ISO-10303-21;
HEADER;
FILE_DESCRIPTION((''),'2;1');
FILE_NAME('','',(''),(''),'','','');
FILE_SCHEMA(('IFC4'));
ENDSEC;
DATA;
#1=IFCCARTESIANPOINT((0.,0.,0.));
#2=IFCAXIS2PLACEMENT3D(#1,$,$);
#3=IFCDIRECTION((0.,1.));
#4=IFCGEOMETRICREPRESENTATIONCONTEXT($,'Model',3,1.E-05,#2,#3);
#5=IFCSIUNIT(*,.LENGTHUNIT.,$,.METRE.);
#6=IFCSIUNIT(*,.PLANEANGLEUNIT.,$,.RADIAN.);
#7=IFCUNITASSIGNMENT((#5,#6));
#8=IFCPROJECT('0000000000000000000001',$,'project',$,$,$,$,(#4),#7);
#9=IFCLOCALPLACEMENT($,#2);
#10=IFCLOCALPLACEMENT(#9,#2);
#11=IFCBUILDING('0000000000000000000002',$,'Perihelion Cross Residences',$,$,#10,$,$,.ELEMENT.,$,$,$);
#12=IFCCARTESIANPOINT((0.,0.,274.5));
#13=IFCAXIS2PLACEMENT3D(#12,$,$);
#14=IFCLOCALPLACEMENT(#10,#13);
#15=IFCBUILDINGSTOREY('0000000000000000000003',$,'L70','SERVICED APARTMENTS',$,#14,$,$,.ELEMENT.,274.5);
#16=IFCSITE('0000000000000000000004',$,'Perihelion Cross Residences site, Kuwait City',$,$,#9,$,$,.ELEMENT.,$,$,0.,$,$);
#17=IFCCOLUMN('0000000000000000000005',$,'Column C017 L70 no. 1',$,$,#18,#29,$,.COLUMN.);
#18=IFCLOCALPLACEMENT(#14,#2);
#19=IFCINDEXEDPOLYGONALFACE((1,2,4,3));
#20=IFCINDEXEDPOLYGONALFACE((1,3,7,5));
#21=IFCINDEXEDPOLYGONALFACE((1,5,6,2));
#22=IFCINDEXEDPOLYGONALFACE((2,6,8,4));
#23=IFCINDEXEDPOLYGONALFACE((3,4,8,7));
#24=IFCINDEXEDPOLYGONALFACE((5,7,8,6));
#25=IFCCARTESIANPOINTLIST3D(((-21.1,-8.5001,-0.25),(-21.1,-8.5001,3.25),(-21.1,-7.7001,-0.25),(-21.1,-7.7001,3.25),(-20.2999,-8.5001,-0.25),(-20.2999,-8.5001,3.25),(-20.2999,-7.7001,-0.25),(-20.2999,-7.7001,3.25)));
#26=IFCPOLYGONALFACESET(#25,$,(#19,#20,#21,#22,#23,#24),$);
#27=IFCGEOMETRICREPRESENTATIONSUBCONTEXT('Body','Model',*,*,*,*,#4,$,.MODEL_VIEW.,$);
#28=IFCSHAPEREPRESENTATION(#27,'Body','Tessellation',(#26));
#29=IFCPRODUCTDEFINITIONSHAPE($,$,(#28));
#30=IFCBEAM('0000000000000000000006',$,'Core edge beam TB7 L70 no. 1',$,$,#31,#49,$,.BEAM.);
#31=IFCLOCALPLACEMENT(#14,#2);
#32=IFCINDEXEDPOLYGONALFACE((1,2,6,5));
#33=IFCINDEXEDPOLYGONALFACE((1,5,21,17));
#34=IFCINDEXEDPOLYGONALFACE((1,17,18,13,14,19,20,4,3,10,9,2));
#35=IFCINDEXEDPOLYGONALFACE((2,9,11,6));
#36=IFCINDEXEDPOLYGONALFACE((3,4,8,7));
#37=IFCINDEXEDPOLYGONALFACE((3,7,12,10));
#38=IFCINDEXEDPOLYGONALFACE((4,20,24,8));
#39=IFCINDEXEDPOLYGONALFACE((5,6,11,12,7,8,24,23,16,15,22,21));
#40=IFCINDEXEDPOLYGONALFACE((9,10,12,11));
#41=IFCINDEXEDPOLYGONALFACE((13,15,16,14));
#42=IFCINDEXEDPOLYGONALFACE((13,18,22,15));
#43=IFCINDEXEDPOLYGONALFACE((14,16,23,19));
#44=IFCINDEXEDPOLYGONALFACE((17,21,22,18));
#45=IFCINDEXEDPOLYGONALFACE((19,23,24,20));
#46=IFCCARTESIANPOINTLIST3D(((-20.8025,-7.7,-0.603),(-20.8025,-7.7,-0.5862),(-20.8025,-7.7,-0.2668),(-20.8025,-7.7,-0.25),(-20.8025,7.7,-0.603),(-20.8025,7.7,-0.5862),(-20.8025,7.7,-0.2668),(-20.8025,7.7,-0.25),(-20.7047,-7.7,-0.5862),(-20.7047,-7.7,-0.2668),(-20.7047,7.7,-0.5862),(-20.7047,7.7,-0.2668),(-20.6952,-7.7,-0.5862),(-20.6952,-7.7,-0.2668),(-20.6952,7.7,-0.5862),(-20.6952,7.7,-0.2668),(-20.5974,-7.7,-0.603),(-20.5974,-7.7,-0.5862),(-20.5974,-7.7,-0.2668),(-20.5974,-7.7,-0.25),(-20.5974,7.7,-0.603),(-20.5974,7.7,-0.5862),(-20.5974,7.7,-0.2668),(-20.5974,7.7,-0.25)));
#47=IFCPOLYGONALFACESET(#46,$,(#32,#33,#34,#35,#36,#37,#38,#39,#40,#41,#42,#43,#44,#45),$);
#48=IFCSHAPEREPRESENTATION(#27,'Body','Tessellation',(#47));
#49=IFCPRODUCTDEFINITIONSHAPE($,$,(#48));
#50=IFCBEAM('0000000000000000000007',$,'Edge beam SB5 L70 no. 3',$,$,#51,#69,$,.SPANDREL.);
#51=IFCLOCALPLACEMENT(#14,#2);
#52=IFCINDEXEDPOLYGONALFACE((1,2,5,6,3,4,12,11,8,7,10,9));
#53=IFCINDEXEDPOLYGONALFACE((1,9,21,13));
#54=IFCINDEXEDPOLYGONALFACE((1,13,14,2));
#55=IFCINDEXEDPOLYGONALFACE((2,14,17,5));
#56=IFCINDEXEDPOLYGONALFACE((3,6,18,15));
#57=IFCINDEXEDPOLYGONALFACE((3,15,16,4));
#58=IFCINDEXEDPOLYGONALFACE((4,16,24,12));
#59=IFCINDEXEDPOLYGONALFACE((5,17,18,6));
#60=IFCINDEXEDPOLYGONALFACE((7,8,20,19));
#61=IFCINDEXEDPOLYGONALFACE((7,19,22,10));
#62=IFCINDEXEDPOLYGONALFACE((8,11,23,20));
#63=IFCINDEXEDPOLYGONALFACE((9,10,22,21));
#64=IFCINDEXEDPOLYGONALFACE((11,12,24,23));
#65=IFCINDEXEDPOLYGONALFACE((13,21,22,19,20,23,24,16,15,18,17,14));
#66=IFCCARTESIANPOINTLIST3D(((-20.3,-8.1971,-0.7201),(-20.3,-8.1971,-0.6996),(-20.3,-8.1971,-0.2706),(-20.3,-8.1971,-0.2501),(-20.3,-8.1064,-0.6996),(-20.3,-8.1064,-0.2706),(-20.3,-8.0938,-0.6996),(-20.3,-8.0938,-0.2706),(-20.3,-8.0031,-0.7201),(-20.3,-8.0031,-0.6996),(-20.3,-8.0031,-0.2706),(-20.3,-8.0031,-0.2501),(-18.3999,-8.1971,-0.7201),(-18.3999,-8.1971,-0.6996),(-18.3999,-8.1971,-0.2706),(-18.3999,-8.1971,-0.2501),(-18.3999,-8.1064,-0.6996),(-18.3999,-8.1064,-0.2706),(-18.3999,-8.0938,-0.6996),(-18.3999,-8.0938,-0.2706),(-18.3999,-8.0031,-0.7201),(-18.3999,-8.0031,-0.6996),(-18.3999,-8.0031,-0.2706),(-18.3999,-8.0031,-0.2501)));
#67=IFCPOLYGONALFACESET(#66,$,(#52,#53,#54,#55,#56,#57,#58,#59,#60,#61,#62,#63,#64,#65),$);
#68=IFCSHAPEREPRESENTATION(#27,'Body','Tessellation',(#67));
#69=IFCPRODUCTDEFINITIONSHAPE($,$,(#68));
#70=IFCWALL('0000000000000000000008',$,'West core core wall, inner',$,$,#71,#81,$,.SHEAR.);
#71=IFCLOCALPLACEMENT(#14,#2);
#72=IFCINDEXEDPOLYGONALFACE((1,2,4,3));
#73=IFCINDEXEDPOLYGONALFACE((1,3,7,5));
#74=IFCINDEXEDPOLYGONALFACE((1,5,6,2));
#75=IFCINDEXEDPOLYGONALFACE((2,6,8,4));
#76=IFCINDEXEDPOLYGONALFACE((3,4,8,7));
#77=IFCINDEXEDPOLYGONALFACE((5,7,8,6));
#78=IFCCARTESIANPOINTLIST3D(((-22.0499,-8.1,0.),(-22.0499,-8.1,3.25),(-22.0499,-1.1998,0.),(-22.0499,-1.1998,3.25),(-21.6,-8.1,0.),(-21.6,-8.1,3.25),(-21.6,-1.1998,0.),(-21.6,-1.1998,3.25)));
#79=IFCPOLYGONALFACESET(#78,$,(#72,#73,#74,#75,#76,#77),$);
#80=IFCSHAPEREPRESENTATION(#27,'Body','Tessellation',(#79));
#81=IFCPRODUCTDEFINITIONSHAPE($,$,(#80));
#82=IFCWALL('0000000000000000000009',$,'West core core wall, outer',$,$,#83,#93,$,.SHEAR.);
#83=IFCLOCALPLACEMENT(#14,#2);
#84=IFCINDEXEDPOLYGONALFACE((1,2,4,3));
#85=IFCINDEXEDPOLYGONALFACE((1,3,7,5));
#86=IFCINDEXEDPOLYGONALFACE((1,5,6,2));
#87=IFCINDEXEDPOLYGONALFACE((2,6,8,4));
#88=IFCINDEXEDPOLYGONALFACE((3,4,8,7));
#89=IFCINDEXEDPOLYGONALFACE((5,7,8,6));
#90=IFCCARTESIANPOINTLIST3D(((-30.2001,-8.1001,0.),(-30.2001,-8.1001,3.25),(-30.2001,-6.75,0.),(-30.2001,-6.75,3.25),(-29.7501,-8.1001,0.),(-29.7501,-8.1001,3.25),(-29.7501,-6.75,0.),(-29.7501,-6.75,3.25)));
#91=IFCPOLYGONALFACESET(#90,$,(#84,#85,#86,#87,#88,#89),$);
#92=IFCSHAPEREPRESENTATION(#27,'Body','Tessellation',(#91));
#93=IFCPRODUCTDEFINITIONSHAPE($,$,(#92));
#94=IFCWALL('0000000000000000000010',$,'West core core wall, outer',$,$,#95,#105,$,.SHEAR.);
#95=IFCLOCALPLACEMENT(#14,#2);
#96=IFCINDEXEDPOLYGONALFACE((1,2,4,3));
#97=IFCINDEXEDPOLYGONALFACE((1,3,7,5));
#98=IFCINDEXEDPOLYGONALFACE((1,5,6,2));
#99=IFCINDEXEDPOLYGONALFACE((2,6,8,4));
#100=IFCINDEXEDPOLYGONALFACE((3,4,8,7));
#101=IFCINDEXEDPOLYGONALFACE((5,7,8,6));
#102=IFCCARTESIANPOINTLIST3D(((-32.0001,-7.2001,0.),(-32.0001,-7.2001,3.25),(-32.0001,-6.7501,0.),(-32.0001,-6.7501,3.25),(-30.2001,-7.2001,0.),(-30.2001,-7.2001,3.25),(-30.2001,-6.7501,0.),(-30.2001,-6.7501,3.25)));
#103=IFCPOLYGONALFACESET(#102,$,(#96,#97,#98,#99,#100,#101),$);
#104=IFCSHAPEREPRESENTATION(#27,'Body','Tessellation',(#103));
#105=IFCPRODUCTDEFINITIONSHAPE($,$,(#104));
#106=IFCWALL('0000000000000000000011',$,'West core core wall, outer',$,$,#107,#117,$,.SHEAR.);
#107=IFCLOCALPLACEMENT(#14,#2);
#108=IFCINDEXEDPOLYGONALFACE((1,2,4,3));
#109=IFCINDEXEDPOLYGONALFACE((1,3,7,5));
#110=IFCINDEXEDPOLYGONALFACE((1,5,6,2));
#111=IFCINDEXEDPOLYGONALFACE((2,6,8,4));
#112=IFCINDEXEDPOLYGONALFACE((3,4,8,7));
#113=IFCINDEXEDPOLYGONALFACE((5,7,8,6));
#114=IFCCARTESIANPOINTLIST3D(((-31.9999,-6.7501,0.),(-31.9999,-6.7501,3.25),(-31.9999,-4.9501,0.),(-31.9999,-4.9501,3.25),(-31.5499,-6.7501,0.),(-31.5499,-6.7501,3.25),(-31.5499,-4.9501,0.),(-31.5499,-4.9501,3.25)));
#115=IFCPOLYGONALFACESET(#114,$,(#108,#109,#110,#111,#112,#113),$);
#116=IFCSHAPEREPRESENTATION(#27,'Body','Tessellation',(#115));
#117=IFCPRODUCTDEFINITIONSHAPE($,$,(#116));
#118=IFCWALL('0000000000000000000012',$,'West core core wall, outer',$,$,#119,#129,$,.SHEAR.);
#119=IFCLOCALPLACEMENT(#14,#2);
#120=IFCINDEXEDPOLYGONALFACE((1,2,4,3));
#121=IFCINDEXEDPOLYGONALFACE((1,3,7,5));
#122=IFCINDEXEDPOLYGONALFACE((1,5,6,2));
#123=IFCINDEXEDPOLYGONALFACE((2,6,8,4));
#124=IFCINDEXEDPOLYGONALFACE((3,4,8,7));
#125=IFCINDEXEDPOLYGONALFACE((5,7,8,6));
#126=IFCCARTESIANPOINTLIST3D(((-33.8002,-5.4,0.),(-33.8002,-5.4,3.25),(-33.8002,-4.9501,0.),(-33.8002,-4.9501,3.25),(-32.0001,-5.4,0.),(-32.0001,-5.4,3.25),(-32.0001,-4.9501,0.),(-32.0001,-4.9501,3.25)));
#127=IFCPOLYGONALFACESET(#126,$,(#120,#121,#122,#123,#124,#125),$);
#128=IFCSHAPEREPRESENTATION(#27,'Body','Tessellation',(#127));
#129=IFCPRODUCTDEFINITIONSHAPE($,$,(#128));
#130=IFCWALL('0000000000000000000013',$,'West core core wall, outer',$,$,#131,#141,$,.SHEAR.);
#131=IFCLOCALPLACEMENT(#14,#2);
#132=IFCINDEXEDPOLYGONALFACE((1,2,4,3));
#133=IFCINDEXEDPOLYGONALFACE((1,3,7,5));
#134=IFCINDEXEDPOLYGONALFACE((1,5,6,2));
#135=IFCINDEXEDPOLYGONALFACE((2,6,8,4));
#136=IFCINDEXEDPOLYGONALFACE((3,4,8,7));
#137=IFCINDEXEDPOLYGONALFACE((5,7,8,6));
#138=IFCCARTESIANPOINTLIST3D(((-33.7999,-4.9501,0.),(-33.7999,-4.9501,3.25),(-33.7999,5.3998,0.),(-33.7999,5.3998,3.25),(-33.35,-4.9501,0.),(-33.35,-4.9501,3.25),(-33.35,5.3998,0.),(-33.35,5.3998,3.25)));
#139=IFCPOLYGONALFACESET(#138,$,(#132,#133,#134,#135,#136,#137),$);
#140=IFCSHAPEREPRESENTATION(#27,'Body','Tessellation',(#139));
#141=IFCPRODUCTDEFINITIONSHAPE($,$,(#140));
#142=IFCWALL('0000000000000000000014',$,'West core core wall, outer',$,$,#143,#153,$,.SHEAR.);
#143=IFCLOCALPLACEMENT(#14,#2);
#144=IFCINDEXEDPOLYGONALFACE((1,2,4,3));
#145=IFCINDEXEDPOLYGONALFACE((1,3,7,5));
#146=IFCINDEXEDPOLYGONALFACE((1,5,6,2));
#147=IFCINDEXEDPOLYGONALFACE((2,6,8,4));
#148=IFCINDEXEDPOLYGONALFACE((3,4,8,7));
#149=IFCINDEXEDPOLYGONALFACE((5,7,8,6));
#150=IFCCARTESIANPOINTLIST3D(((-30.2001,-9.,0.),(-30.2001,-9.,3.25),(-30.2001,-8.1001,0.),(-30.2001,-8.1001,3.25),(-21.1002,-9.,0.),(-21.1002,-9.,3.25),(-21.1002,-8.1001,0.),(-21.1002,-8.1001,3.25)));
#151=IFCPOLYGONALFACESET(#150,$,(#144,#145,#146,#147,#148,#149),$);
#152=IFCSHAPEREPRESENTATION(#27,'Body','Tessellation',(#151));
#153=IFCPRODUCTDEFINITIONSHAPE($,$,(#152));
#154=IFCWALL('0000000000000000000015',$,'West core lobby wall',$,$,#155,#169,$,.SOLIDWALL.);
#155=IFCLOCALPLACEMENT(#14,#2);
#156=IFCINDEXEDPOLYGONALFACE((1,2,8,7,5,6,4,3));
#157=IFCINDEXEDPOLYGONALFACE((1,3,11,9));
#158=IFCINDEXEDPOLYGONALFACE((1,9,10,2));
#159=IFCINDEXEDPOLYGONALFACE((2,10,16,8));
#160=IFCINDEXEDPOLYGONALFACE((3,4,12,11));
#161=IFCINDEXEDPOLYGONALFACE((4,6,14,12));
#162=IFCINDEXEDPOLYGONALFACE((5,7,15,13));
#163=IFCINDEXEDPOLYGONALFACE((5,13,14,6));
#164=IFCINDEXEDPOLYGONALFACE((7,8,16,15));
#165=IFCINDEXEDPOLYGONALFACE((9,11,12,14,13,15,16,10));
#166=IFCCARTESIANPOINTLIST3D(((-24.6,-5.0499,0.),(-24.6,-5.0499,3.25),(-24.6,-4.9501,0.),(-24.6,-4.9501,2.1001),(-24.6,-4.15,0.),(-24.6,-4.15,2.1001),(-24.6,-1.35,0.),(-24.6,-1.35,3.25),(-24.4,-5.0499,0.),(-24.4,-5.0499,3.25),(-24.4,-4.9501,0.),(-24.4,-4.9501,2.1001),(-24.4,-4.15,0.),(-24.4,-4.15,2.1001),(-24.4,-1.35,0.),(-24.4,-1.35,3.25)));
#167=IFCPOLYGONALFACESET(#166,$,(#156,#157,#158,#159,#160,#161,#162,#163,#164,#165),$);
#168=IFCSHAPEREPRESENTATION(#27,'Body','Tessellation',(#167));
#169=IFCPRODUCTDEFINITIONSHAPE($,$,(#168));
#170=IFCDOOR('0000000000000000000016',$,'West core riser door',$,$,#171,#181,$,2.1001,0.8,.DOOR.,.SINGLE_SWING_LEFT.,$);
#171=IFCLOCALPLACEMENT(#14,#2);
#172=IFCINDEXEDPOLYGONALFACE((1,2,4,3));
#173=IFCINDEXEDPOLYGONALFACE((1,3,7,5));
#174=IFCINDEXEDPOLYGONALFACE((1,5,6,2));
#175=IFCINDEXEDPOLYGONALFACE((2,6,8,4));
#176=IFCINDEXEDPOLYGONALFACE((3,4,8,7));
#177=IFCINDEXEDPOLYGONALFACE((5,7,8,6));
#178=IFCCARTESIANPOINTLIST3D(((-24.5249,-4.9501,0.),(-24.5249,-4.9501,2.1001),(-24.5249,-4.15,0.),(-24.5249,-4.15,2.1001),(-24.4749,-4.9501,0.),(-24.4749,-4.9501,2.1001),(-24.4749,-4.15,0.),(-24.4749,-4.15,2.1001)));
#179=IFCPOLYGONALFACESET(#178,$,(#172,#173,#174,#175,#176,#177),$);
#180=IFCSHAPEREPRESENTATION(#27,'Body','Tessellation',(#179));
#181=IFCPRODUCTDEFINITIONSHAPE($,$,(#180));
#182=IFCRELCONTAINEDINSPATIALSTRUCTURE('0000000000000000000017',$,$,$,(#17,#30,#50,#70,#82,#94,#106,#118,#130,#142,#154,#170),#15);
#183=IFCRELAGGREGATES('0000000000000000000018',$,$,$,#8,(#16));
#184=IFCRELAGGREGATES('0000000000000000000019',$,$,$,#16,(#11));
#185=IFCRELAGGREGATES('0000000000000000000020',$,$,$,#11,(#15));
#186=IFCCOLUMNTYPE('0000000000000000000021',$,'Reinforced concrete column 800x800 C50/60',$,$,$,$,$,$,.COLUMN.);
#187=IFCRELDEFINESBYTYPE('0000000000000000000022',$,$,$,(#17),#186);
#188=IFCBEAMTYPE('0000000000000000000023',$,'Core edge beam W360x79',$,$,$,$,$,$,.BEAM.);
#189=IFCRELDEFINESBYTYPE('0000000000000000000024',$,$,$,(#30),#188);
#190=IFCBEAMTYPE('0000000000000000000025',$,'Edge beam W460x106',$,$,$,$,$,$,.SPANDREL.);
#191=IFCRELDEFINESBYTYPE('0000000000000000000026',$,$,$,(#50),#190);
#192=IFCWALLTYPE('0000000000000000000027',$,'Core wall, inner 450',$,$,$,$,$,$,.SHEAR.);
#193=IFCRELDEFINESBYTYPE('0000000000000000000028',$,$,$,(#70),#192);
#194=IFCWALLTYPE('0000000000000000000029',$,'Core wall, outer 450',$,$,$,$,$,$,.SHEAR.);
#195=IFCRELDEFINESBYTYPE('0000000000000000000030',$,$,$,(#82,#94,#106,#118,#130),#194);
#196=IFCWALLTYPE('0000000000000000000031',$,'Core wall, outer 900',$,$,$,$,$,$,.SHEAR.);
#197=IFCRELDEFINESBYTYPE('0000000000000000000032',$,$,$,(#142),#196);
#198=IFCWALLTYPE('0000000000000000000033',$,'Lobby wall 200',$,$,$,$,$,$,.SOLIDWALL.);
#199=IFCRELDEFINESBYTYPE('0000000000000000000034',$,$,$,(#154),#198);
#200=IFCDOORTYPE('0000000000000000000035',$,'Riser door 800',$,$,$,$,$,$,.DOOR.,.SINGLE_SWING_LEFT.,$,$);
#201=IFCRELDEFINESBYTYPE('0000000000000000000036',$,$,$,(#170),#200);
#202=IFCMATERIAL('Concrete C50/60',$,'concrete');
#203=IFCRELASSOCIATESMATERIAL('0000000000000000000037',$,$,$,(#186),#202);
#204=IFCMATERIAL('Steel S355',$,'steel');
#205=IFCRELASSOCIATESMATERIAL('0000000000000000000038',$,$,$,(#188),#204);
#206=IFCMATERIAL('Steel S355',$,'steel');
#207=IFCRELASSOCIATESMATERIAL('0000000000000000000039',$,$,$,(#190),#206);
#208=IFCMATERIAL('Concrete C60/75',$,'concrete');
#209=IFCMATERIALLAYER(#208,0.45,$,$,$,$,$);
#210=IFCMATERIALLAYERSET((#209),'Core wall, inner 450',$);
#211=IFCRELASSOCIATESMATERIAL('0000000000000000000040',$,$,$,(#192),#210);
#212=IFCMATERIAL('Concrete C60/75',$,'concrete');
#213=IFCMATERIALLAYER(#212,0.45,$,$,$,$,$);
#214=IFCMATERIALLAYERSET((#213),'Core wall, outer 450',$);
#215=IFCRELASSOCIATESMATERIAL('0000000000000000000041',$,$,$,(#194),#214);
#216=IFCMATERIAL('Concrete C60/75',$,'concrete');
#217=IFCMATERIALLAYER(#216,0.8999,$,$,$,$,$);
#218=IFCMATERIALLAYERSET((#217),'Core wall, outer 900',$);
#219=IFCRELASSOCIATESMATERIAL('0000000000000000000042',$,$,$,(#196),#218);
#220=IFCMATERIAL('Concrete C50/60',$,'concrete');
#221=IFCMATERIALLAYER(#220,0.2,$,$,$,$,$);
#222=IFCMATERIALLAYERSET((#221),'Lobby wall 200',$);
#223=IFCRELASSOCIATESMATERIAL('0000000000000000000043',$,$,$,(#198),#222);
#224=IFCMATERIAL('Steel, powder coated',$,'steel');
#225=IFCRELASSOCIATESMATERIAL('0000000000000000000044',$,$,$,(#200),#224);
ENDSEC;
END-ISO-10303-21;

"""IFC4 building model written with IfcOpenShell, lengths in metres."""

from ifc_helpers import new_model, si_unit, direction, frame, frame_2d, origin, origin_2d, place, context, subcontext, project, spatial, rectangle, i_section, extrude, material, layer, layer_set, material_profile, profile_set, type_object, element, fill, save


model = new_model("IFC4")

# Units and contexts
model_context = context("Model", 3, precision=1e-05, world=origin(), true_north=direction((0.0, 1.0)))
body_context = subcontext(model_context, "Body", "Model", "MODEL_VIEW")
ifc_project = project(units=[si_unit("LENGTHUNIT", "METRE"), si_unit("PLANEANGLEUNIT", "RADIAN")], contexts=[model_context])

# Site, building, storey
site_placement = place(None, origin())
site = spatial("IfcSite", under=ifc_project, at=site_placement, Name="Perihelion Cross Residences site, Kuwait City", CompositionType="ELEMENT", RefElevation=0.0)
building_placement = place(site_placement, origin())
building = spatial("IfcBuilding", under=site, at=building_placement, Name="Perihelion Cross Residences", CompositionType="ELEMENT")
storey_placement = place(building_placement, frame((0.0, 0.0, 274.5)))
storey = spatial("IfcBuildingStorey", under=building, at=storey_placement, Name="L70", Description="SERVICED APARTMENTS", CompositionType="ELEMENT", Elevation=274.5)

# Column
ifc_material_1 = material(Name="Concrete C50/60", Category="concrete")
ifc_material_profile_1 = material_profile(ifc_material_1, rectangle(XDim=0.8, YDim=0.8, at=origin_2d()), Name="RC 800x800")
ifc_profile_set_1 = profile_set([ifc_material_profile_1], Name="Concrete C50/60")
column_type = type_object("IfcColumnType", Name="Reinforced concrete column 800x800 C50/60", PredefinedType="COLUMN", material=ifc_profile_set_1)
column_placement = place(storey_placement, frame((-20.7, -8.1001, -0.25), z_axis=(0.0, 0.0, 1.0), x_axis=(1.0, 0.0, 0.0)))
element("IfcColumn", 1, at=column_placement, inside=storey, type_object=column_type, Name="Column C017 L70 no. 1", PredefinedType="COLUMN", context=body_context, shape_type="SweptSolid", body=[
    extrude(rectangle(XDim=0.8, YDim=0.8, at=origin_2d()), origin(), (0.0, 0.0, 1.0), 3.5),
])

# Beams
ifc_material_2 = material(Name="Steel S355", Category="steel")
ifc_material_profile_2 = material_profile(ifc_material_2, i_section(OverallWidth=0.2051, OverallDepth=0.353, WebThickness=0.0095, FlangeThickness=0.0168, at=origin_2d()), Name="W360x79")
ifc_profile_set_2 = profile_set([ifc_material_profile_2], Name="Steel S355")
beam_type_1 = type_object("IfcBeamType", Name="Core edge beam W360x79", PredefinedType="BEAM", material=ifc_profile_set_2)
beam_1_placement = place(storey_placement, frame((-20.7, -7.7, -0.4265), z_axis=(0.0, 1.0, 0.0), x_axis=(-1.0, 0.0, 0.0)))
element("IfcBeam", 2, at=beam_1_placement, inside=storey, type_object=beam_type_1, Name="Core edge beam TB7 L70 no. 1", PredefinedType="BEAM", context=body_context, shape_type="SweptSolid", body=[
    extrude(i_section(OverallWidth=0.2051, OverallDepth=0.353, WebThickness=0.0095, FlangeThickness=0.0168, at=origin_2d()), origin(), (0.0, 0.0, 1.0), 15.3999),
])
ifc_material_3 = material(Name="Steel S355", Category="steel")
ifc_material_profile_3 = material_profile(ifc_material_3, i_section(OverallWidth=0.1941, OverallDepth=0.47, WebThickness=0.0127, FlangeThickness=0.0205, at=origin_2d()), Name="W460x106")
ifc_profile_set_3 = profile_set([ifc_material_profile_3], Name="Steel S355")
beam_type_2 = type_object("IfcBeamType", Name="Edge beam W460x106", PredefinedType="SPANDREL", material=ifc_profile_set_3)
beam_2_placement = place(storey_placement, frame((-20.3, -8.1001, -0.4851), z_axis=(1.0, 0.0, 0.0), x_axis=(0.0, 1.0, 0.0)))
element("IfcBeam", 3, at=beam_2_placement, inside=storey, type_object=beam_type_2, Name="Edge beam SB5 L70 no. 3", PredefinedType="SPANDREL", context=body_context, shape_type="SweptSolid", body=[
    extrude(i_section(OverallWidth=0.1941, OverallDepth=0.47, WebThickness=0.0127, FlangeThickness=0.0205, at=origin_2d()), origin(), (0.0, 0.0, 1.0), 1.9001),
])

# Walls
ifc_material_4 = material(Name="Concrete C60/75", Category="concrete")
ifc_layer_1 = layer(ifc_material_4, 0.45)
ifc_layer_set_1 = layer_set([ifc_layer_1], Name="Core wall, inner 450")
wall_type_1 = type_object("IfcWallType", Name="Core wall, inner 450", PredefinedType="SHEAR", material=ifc_layer_set_1)
wall_1_placement = place(storey_placement, frame((-21.825, -8.1001, 0.0), z_axis=(0.0, 0.0, 1.0), x_axis=(0.0, 1.0, 0.0)))
element("IfcWall", 4, at=wall_1_placement, inside=storey, type_object=wall_type_1, Name="West core core wall, inner", PredefinedType="SHEAR", context=body_context, shape_type="SweptSolid", body=[
    extrude(rectangle(XDim=6.9001, YDim=0.45, at=frame_2d((3.4502, 0.0))), origin(), (0.0, 0.0, 1.0), 3.25),
])
ifc_material_5 = material(Name="Concrete C60/75", Category="concrete")
ifc_layer_2 = layer(ifc_material_5, 0.45)
ifc_layer_set_2 = layer_set([ifc_layer_2], Name="Core wall, outer 450")
wall_type_2 = type_object("IfcWallType", Name="Core wall, outer 450", PredefinedType="SHEAR", material=ifc_layer_set_2)
wall_2_placement = place(storey_placement, frame((-29.9751, -8.1001, 0.0), z_axis=(0.0, 0.0, 1.0), x_axis=(0.0, 1.0, 0.0)))
element("IfcWall", 5, at=wall_2_placement, inside=storey, type_object=wall_type_2, Name="West core core wall, outer", PredefinedType="SHEAR", context=body_context, shape_type="SweptSolid", body=[
    extrude(rectangle(XDim=1.3501, YDim=0.45, at=frame_2d((0.675, 0.0))), origin(), (0.0, 0.0, 1.0), 3.25),
])
for number, where, z_axis, x_axis, name in (
    (6, (-32.0, -6.9751, 0.0), (0.0, 0.0, 1.0), (1.0, 0.0, 0.0), "West core core wall, outer"),
    (7, (-31.7749, -6.75, 0.0), (0.0, 0.0, 1.0), (0.0, 1.0, 0.0), "West core core wall, outer"),
    (8, (-33.8, -5.175, 0.0), (0.0, 0.0, 1.0), (1.0, 0.0, 0.0), "West core core wall, outer"),
):
    element("IfcWall", number, at=place(storey_placement, frame(where, z_axis=z_axis, x_axis=x_axis)), inside=storey, type_object=wall_type_2, Name=name, PredefinedType="SHEAR", context=body_context, shape_type="SweptSolid", body=[
        extrude(rectangle(XDim=1.8, YDim=0.45, at=frame_2d((0.8999, 0.0))), origin(), (0.0, 0.0, 1.0), 3.25),
    ])
wall_3_placement = place(storey_placement, frame((-33.575, -4.95, 0.0), z_axis=(0.0, 0.0, 1.0), x_axis=(0.0, 1.0, 0.0)))
element("IfcWall", 9, at=wall_3_placement, inside=storey, type_object=wall_type_2, Name="West core core wall, outer", PredefinedType="SHEAR", context=body_context, shape_type="SweptSolid", body=[
    extrude(rectangle(XDim=10.3499, YDim=0.45, at=frame_2d((5.1748, 0.0))), origin(), (0.0, 0.0, 1.0), 3.25),
])
ifc_material_6 = material(Name="Concrete C60/75", Category="concrete")
ifc_layer_3 = layer(ifc_material_6, 0.8999)
ifc_layer_set_3 = layer_set([ifc_layer_3], Name="Core wall, outer 900")
wall_type_3 = type_object("IfcWallType", Name="Core wall, outer 900", PredefinedType="SHEAR", material=ifc_layer_set_3)
wall_4_placement = place(storey_placement, frame((-30.2, -8.55, 0.0), z_axis=(0.0, 0.0, 1.0), x_axis=(1.0, 0.0, 0.0)))
element("IfcWall", 10, at=wall_4_placement, inside=storey, type_object=wall_type_3, Name="West core core wall, outer", PredefinedType="SHEAR", context=body_context, shape_type="SweptSolid", body=[
    extrude(rectangle(XDim=9.0999, YDim=0.8999, at=frame_2d((4.5498, 0.0))), origin(), (0.0, 0.0, 1.0), 3.25),
])

# Wall, opening, door
ifc_material_7 = material(Name="Concrete C50/60", Category="concrete")
ifc_layer_4 = layer(ifc_material_7, 0.2)
ifc_layer_set_4 = layer_set([ifc_layer_4], Name="Lobby wall 200")
wall_type_4 = type_object("IfcWallType", Name="Lobby wall 200", PredefinedType="SOLIDWALL", material=ifc_layer_set_4)
wall_5_placement = place(storey_placement, frame((-24.5, -5.05, 0.0), z_axis=(0.0, 0.0, 1.0), x_axis=(0.0, 1.0, 0.0)))
wall_5 = element("IfcWall", 11, at=wall_5_placement, inside=storey, type_object=wall_type_4, Name="West core lobby wall", PredefinedType="SOLIDWALL", context=body_context, shape_type="SweptSolid", body=[
    extrude(rectangle(XDim=3.7, YDim=0.2, at=frame_2d((1.8501, 0.0))), origin(), (0.0, 0.0, 1.0), 3.25),
])
opening_1_placement = place(wall_5_placement, frame((0.1001, 0.0, 0.0)))
opening_1 = element("IfcOpeningElement", 12, at=opening_1_placement, cuts=wall_5, PredefinedType="OPENING", context=body_context, shape_type="SweptSolid", body=[
    extrude(rectangle(XDim=0.8, YDim=2.1001, at=frame_2d((0.3999, 1.05))), frame((0.0, 0.1099, 0.0), z_axis=(0.0, -1.0, 0.0), x_axis=(1.0, 0.0, 0.0)), (0.0, 0.0, 1.0), 0.22),
])
ifc_material_8 = material(Name="Steel, powder coated", Category="steel")
door_type_1 = type_object("IfcDoorType", Name="Riser door 800", OperationType="SINGLE_SWING_LEFT", PredefinedType="DOOR", material=ifc_material_8)
door_1_placement = place(opening_1_placement, origin())
door_1 = element("IfcDoor", 13, at=door_1_placement, inside=storey, type_object=door_type_1, Name="West core riser door", OperationType="SINGLE_SWING_LEFT", OverallHeight=2.1001, OverallWidth=0.8, PredefinedType="DOOR", context=body_context, shape_type="SweptSolid", body=[
    extrude(rectangle(XDim=0.8, YDim=2.1001, at=frame_2d((0.3999, 1.05))), frame((0.0, 0.0249, 0.0), z_axis=(0.0, -1.0, 0.0), x_axis=(1.0, 0.0, 0.0)), (0.0, 0.0, 1.0), 0.05),
])
fill(opening_1, door_1)

save(model, "model.ifc")
